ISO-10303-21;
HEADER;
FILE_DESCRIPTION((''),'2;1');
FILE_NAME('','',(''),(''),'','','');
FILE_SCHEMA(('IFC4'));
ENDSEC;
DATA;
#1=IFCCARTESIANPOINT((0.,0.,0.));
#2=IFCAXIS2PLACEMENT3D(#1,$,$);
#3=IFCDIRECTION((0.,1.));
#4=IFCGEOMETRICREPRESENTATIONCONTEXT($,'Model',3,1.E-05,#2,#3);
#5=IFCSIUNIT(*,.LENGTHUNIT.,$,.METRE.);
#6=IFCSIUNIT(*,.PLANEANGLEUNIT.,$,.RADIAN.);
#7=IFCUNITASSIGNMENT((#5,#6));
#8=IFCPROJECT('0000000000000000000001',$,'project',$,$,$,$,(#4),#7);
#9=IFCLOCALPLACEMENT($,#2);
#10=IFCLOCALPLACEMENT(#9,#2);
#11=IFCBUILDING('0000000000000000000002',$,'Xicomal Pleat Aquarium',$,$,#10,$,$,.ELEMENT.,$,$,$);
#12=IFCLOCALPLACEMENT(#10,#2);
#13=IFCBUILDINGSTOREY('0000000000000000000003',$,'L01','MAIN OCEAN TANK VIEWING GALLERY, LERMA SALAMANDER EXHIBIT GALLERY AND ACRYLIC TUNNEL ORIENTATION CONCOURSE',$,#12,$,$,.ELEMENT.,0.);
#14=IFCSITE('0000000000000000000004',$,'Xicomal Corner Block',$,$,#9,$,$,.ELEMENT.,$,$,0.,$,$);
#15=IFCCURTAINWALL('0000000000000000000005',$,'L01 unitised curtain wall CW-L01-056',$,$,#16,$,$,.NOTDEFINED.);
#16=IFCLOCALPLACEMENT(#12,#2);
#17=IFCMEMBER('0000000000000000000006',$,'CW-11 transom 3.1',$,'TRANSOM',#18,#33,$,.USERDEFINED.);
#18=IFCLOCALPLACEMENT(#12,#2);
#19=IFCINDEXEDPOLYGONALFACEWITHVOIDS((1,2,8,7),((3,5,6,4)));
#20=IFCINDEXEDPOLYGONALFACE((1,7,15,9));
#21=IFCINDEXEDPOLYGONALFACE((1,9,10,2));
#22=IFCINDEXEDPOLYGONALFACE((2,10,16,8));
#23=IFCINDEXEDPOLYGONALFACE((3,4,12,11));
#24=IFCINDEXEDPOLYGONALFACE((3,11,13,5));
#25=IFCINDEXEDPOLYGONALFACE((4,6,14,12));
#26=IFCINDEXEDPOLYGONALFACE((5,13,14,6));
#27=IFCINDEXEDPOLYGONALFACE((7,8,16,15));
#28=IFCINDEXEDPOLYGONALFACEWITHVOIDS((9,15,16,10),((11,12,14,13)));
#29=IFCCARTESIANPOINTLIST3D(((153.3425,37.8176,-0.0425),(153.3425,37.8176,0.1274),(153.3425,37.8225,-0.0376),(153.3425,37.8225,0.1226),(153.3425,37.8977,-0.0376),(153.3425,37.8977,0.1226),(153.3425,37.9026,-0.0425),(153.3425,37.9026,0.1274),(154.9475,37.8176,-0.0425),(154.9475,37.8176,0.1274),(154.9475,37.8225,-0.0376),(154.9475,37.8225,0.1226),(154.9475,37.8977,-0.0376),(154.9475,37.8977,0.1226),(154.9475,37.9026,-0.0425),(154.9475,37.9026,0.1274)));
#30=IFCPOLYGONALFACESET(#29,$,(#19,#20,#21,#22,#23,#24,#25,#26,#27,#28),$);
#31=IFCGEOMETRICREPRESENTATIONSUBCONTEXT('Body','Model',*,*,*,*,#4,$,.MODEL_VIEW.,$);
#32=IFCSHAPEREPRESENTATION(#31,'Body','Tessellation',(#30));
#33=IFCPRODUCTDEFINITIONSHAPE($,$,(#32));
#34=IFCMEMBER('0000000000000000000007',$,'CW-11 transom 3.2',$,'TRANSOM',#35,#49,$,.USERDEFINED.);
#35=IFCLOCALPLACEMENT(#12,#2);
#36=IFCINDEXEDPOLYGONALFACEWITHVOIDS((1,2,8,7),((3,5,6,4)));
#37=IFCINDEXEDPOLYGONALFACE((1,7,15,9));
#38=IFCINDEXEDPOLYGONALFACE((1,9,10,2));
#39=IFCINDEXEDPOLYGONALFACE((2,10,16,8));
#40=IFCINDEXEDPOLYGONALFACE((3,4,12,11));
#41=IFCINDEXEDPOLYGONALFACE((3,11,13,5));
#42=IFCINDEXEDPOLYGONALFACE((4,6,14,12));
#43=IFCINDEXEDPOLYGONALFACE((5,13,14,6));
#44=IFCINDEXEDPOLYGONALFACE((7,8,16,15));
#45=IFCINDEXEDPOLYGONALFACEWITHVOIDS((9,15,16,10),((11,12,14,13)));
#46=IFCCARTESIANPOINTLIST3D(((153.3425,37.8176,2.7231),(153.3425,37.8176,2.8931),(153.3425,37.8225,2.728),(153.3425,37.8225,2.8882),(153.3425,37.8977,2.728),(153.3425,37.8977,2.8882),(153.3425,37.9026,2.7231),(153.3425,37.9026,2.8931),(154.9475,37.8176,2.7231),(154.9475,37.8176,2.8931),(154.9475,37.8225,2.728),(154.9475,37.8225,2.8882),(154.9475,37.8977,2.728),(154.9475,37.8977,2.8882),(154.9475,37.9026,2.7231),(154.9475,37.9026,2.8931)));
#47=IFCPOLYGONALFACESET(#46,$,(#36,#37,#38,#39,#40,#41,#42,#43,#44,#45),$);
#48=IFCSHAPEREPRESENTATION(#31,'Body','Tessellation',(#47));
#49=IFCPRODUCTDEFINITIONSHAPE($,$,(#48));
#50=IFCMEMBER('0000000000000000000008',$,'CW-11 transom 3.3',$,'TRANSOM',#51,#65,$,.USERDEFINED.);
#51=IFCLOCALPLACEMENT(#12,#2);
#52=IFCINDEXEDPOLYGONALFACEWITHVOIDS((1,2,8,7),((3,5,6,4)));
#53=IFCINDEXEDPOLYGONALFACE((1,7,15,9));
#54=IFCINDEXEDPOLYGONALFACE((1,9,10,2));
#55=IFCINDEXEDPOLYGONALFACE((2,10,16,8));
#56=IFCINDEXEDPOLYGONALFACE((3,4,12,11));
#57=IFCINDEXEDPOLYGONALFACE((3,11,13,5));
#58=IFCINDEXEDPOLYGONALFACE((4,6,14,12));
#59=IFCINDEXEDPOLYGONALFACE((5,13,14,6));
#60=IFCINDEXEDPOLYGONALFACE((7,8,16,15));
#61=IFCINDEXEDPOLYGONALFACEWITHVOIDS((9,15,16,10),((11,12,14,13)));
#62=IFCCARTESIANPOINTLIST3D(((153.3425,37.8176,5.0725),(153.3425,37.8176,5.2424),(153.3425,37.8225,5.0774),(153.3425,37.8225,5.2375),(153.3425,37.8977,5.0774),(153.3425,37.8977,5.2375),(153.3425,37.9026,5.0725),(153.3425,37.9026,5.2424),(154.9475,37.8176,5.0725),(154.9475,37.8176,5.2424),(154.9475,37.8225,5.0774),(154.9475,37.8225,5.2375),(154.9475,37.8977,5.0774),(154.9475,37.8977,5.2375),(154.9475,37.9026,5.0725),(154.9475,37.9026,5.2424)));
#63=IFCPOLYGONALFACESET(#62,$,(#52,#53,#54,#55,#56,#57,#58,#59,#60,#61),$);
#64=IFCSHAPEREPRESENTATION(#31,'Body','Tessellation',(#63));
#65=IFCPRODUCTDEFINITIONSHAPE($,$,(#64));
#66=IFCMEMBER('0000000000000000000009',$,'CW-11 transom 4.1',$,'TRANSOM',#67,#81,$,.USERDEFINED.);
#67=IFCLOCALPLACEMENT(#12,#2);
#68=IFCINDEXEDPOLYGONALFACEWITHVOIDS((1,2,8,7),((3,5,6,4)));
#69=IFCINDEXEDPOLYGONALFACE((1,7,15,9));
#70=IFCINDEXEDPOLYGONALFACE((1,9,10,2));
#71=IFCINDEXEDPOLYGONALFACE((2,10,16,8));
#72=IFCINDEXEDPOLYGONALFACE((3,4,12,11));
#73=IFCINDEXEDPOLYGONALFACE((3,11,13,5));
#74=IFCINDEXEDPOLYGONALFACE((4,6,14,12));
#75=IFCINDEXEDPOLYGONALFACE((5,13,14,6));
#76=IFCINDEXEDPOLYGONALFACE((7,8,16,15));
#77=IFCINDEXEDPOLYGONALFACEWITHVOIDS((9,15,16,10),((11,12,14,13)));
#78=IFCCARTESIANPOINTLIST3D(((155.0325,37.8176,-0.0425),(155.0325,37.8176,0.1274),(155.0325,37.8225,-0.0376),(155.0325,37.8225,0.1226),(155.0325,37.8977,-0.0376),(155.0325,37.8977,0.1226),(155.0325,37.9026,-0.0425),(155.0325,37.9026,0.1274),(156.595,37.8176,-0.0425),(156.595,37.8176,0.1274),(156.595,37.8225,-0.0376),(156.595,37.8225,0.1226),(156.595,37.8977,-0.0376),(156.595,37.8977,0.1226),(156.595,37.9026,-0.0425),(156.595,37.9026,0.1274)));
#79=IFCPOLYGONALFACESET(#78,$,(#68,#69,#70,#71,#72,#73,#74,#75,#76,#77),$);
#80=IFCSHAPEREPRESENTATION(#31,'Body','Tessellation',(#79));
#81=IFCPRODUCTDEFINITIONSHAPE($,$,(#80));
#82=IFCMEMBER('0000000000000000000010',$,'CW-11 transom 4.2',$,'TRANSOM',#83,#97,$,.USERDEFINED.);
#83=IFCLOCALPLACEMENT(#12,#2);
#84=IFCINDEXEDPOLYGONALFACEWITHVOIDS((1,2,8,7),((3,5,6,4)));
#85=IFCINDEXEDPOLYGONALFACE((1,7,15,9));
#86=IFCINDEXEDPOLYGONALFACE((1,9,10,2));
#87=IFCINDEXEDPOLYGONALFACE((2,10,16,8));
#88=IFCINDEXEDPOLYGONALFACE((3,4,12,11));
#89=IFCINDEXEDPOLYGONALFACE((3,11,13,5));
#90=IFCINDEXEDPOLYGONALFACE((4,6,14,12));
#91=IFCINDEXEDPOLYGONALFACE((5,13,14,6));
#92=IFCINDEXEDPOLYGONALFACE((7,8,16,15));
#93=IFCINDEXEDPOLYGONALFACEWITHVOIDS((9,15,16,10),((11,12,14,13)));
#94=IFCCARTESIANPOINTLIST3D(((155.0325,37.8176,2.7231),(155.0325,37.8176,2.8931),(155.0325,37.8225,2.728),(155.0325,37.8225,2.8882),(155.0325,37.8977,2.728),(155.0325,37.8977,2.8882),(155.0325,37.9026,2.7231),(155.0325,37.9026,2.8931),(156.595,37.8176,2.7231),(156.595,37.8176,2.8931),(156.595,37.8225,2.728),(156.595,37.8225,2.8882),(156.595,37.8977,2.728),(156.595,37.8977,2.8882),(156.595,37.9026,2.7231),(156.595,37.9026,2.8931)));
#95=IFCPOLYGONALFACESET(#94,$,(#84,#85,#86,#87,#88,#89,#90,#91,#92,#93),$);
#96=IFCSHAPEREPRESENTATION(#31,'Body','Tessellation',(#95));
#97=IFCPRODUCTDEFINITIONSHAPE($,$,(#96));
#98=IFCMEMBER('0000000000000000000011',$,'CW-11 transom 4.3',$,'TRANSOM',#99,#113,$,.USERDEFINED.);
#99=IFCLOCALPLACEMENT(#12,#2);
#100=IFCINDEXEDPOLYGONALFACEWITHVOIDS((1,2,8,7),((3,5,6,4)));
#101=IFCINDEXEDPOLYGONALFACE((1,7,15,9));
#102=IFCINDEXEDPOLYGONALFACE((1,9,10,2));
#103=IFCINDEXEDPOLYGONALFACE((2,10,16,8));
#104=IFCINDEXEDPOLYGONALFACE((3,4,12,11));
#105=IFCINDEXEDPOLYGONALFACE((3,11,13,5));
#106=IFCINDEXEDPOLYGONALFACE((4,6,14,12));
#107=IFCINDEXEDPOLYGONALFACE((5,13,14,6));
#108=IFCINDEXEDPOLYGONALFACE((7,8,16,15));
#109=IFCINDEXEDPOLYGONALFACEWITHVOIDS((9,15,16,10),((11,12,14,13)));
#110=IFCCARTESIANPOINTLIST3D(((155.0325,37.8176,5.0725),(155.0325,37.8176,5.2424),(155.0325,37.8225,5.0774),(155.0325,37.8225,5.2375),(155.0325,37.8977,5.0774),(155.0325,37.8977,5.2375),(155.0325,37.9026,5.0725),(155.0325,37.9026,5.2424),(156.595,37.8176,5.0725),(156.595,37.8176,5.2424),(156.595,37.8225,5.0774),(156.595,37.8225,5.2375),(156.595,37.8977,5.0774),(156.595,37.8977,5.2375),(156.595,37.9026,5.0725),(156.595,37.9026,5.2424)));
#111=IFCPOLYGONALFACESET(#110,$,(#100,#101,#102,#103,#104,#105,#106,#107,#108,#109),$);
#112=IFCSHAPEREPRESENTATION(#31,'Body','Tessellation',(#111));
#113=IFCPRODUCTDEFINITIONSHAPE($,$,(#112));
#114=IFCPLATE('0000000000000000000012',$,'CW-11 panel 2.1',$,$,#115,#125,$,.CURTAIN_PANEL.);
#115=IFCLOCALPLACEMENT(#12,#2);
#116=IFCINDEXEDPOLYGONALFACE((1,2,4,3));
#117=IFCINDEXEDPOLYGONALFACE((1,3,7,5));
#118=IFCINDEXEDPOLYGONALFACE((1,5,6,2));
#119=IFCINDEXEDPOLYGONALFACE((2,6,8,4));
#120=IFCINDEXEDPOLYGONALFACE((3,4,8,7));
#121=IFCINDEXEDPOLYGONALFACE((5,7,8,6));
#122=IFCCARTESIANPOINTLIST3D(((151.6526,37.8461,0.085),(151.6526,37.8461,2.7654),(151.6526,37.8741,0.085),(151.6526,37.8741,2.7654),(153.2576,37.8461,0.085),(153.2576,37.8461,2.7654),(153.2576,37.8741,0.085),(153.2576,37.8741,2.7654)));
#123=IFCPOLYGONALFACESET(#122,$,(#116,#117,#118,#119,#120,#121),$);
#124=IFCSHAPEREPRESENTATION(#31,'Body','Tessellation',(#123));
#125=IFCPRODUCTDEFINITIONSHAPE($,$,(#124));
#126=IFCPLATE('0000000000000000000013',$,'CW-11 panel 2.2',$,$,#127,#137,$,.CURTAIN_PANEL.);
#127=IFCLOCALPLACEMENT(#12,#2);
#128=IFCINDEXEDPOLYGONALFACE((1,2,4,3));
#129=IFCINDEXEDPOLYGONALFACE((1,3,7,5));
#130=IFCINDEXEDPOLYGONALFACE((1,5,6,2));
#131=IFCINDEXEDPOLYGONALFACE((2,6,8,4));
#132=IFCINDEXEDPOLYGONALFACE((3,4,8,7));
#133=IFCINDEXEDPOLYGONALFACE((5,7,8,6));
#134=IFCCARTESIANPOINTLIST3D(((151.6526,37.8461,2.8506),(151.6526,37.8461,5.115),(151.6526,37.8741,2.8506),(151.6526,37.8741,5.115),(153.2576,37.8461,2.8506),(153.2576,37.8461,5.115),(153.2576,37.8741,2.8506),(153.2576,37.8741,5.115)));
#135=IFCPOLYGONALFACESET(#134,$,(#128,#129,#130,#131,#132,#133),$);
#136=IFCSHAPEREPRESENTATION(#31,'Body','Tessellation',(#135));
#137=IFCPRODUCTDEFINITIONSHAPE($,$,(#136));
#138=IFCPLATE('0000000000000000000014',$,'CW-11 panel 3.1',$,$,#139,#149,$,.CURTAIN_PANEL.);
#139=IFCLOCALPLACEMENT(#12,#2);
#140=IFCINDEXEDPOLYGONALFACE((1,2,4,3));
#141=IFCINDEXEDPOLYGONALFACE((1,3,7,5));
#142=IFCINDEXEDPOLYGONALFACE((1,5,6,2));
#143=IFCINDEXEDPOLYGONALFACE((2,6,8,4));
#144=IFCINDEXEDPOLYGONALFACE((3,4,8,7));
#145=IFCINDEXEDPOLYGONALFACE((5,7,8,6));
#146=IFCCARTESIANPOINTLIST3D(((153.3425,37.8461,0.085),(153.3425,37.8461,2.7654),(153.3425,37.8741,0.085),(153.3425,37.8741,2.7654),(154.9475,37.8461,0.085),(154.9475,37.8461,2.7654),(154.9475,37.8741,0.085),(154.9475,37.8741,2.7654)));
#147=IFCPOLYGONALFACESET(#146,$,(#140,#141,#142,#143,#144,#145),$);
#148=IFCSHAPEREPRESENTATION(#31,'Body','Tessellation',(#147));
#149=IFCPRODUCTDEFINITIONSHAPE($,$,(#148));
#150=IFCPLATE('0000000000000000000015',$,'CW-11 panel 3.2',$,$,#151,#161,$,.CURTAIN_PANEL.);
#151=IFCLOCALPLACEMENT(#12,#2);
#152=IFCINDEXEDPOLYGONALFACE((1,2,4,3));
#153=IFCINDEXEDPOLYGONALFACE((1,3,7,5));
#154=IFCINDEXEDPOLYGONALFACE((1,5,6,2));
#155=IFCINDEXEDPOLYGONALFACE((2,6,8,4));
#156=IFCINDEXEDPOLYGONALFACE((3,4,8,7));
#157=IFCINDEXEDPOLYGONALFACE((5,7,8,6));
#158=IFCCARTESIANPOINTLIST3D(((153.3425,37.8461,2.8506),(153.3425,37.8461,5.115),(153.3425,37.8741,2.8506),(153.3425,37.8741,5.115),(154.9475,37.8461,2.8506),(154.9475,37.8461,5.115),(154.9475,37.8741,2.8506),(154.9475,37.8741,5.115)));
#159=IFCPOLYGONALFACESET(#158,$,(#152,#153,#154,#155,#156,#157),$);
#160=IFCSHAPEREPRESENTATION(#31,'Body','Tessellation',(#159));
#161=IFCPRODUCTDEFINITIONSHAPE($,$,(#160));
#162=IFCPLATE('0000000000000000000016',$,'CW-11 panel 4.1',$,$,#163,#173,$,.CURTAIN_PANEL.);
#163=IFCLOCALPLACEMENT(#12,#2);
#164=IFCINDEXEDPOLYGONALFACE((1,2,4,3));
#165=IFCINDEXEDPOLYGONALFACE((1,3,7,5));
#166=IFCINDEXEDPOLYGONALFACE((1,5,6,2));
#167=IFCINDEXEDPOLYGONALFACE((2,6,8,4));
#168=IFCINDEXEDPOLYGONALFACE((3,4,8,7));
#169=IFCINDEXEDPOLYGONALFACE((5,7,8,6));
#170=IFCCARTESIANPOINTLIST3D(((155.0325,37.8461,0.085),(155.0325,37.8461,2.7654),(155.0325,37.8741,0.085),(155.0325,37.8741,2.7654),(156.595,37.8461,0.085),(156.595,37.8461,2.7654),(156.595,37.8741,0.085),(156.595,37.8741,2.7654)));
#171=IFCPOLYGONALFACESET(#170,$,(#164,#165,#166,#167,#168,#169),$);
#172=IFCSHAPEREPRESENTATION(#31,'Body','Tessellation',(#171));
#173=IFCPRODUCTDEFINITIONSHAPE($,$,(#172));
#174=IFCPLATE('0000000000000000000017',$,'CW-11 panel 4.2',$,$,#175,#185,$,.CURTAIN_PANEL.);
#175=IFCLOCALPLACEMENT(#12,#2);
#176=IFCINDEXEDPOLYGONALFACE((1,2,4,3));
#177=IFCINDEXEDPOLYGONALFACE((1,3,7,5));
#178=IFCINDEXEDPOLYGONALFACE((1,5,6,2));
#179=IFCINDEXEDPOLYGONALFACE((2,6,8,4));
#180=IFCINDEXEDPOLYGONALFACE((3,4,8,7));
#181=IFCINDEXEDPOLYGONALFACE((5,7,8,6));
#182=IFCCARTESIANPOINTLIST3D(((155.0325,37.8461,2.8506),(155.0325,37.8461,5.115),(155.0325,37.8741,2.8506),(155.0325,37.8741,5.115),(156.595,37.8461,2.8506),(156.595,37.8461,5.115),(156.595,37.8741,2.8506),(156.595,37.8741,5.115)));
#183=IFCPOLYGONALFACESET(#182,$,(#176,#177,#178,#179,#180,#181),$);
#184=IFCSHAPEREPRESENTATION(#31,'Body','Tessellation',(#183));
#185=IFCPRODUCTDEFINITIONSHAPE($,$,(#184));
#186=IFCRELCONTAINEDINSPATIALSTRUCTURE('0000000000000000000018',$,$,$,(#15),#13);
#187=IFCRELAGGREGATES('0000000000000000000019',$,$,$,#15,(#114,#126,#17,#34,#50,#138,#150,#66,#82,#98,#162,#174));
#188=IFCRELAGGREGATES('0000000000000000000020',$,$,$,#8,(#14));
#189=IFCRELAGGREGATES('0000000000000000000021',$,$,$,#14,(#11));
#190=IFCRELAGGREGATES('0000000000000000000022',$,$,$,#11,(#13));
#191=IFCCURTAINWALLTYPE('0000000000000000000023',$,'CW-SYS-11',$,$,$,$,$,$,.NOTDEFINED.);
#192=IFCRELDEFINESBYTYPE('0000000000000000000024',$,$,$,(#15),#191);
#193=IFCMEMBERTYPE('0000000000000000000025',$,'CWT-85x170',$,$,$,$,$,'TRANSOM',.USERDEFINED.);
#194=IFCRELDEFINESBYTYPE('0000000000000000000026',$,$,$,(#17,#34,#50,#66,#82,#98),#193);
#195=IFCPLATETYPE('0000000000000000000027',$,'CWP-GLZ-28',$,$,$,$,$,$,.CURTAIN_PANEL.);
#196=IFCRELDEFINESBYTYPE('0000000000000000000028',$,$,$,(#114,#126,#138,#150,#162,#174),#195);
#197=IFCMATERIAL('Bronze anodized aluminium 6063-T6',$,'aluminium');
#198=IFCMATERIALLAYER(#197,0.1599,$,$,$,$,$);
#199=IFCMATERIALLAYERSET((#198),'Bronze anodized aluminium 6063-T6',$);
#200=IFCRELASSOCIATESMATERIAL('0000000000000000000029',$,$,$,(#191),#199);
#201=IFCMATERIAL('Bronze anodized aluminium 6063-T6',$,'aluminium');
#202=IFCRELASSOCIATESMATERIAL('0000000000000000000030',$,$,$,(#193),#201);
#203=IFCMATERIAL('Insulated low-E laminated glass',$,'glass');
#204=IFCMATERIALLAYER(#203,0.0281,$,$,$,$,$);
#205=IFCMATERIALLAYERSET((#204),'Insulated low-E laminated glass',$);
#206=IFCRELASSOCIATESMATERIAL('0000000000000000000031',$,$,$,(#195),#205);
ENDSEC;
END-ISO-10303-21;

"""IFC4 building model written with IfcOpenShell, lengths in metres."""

from ifc_helpers import new_model, si_unit, direction, frame, origin, origin_2d, place, context, subcontext, project, spatial, rectangle, hollow_rectangle, extrude, material, layer, layer_set, material_profile, profile_set, type_object, element, aggregate, save


model = new_model("IFC4")

# Units and contexts
model_context = context("Model", 3, precision=1e-05, world=origin(), true_north=direction((0.0, 1.0)))
body_context = subcontext(model_context, "Body", "Model", "MODEL_VIEW")
ifc_project = project(units=[si_unit("LENGTHUNIT", "METRE"), si_unit("PLANEANGLEUNIT", "RADIAN")], contexts=[model_context])

# Site, building, storey
site_placement = place(None, origin())
site = spatial("IfcSite", under=ifc_project, at=site_placement, Name="Xicomal Corner Block", CompositionType="ELEMENT", RefElevation=0.0)
building_placement = place(site_placement, origin())
building = spatial("IfcBuilding", under=site, at=building_placement, Name="Xicomal Pleat Aquarium", CompositionType="ELEMENT")
storey_placement = place(building_placement, origin())
storey = spatial("IfcBuildingStorey", under=building, at=storey_placement, Name="L01", Description="MAIN OCEAN TANK VIEWING GALLERY, LERMA SALAMANDER EXHIBIT GALLERY AND ACRYLIC TUNNEL ORIENTATION CONCOURSE", CompositionType="ELEMENT", Elevation=0.0)

# Curtain wall
ifc_material_1 = material(Name="Bronze anodized aluminium 6063-T6", Category="aluminium")
ifc_layer_1 = layer(ifc_material_1, 0.1599)
ifc_layer_set_1 = layer_set([ifc_layer_1], Name="Bronze anodized aluminium 6063-T6")
curtain_wall_type_1 = type_object("IfcCurtainWallType", Name="CW-SYS-11", PredefinedType="NOTDEFINED", material=ifc_layer_set_1)
curtain_wall_1_placement = place(storey_placement, origin())
curtain_wall_1 = element("IfcCurtainWall", 1, at=curtain_wall_1_placement, inside=storey, type_object=curtain_wall_type_1, Name="L01 unitised curtain wall CW-L01-056", PredefinedType="NOTDEFINED")

# Members
ifc_material_2 = material(Name="Bronze anodized aluminium 6063-T6", Category="aluminium")
ifc_material_profile_1 = material_profile(ifc_material_2, hollow_rectangle(XDim=0.085, YDim=0.1699, WallThickness=0.0049, at=origin_2d()), Name="ALU TRAN 85x170")
ifc_profile_set_1 = profile_set([ifc_material_profile_1], Name="Bronze anodized aluminium 6063-T6")
member_type_1 = type_object("IfcMemberType", Name="CWT-85x170", ElementType="TRANSOM", PredefinedType="USERDEFINED", material=ifc_profile_set_1)
member_1_placement = place(storey_placement, frame((153.3425, 37.8601, 0.0425), z_axis=(1.0, 0.0, 0.0), x_axis=(0.0, 1.0, 0.0)))
member_1 = element("IfcMember", 2, at=member_1_placement, type_object=member_type_1, Name="CW-11 transom 3.1", ObjectType="TRANSOM", PredefinedType="USERDEFINED", context=body_context, shape_type="SweptSolid", body=[
    extrude(hollow_rectangle(XDim=0.085, YDim=0.1699, WallThickness=0.0049, at=origin_2d()), origin(), (0.0, 0.0, 1.0), 1.605),
])
member_2_placement = place(storey_placement, frame((153.3425, 37.8601, 2.8081), z_axis=(1.0, 0.0, 0.0), x_axis=(0.0, 1.0, 0.0)))
member_2 = element("IfcMember", 3, at=member_2_placement, type_object=member_type_1, Name="CW-11 transom 3.2", ObjectType="TRANSOM", PredefinedType="USERDEFINED", context=body_context, shape_type="SweptSolid", body=[
    extrude(hollow_rectangle(XDim=0.085, YDim=0.1699, WallThickness=0.0049, at=origin_2d()), origin(), (0.0, 0.0, 1.0), 1.605),
])
member_3_placement = place(storey_placement, frame((153.3425, 37.8601, 5.1575), z_axis=(1.0, 0.0, 0.0), x_axis=(0.0, 1.0, 0.0)))
member_3 = element("IfcMember", 4, at=member_3_placement, type_object=member_type_1, Name="CW-11 transom 3.3", ObjectType="TRANSOM", PredefinedType="USERDEFINED", context=body_context, shape_type="SweptSolid", body=[
    extrude(hollow_rectangle(XDim=0.085, YDim=0.1699, WallThickness=0.0049, at=origin_2d()), origin(), (0.0, 0.0, 1.0), 1.605),
])
member_4_placement = place(storey_placement, frame((155.0325, 37.8601, 0.0425), z_axis=(1.0, 0.0, 0.0), x_axis=(0.0, 1.0, 0.0)))
member_4 = element("IfcMember", 5, at=member_4_placement, type_object=member_type_1, Name="CW-11 transom 4.1", ObjectType="TRANSOM", PredefinedType="USERDEFINED", context=body_context, shape_type="SweptSolid", body=[
    extrude(hollow_rectangle(XDim=0.085, YDim=0.1699, WallThickness=0.0049, at=origin_2d()), origin(), (0.0, 0.0, 1.0), 1.5625),
])
member_5_placement = place(storey_placement, frame((155.0325, 37.8601, 2.8081), z_axis=(1.0, 0.0, 0.0), x_axis=(0.0, 1.0, 0.0)))
member_5 = element("IfcMember", 6, at=member_5_placement, type_object=member_type_1, Name="CW-11 transom 4.2", ObjectType="TRANSOM", PredefinedType="USERDEFINED", context=body_context, shape_type="SweptSolid", body=[
    extrude(hollow_rectangle(XDim=0.085, YDim=0.1699, WallThickness=0.0049, at=origin_2d()), origin(), (0.0, 0.0, 1.0), 1.5625),
])
member_6_placement = place(storey_placement, frame((155.0325, 37.8601, 5.1575), z_axis=(1.0, 0.0, 0.0), x_axis=(0.0, 1.0, 0.0)))
member_6 = element("IfcMember", 7, at=member_6_placement, type_object=member_type_1, Name="CW-11 transom 4.3", ObjectType="TRANSOM", PredefinedType="USERDEFINED", context=body_context, shape_type="SweptSolid", body=[
    extrude(hollow_rectangle(XDim=0.085, YDim=0.1699, WallThickness=0.0049, at=origin_2d()), origin(), (0.0, 0.0, 1.0), 1.5625),
])

# Plates
ifc_material_3 = material(Name="Insulated low-E laminated glass", Category="glass")
ifc_layer_2 = layer(ifc_material_3, 0.0281)
ifc_layer_set_2 = layer_set([ifc_layer_2], Name="Insulated low-E laminated glass")
plate_type = type_object("IfcPlateType", Name="CWP-GLZ-28", PredefinedType="CURTAIN_PANEL", material=ifc_layer_set_2)
plate_1_placement = place(storey_placement, frame((152.4551, 37.8601, 0.085), z_axis=(0.0, 0.0, 1.0), x_axis=(1.0, 0.0, 0.0)))
plate_1 = element("IfcPlate", 8, at=plate_1_placement, type_object=plate_type, Name="CW-11 panel 2.1", PredefinedType="CURTAIN_PANEL", context=body_context, shape_type="SweptSolid", body=[
    extrude(rectangle(XDim=1.605, YDim=0.0281, at=origin_2d()), origin(), (0.0, 0.0, 1.0), 2.6804),
])
plate_2_placement = place(storey_placement, frame((152.4551, 37.8601, 2.8506), z_axis=(0.0, 0.0, 1.0), x_axis=(1.0, 0.0, 0.0)))
plate_2 = element("IfcPlate", 9, at=plate_2_placement, type_object=plate_type, Name="CW-11 panel 2.2", PredefinedType="CURTAIN_PANEL", context=body_context, shape_type="SweptSolid", body=[
    extrude(rectangle(XDim=1.605, YDim=0.0281, at=origin_2d()), origin(), (0.0, 0.0, 1.0), 2.2644),
])
plate_3_placement = place(storey_placement, frame((154.145, 37.8601, 0.085), z_axis=(0.0, 0.0, 1.0), x_axis=(1.0, 0.0, 0.0)))
plate_3 = element("IfcPlate", 10, at=plate_3_placement, type_object=plate_type, Name="CW-11 panel 3.1", PredefinedType="CURTAIN_PANEL", context=body_context, shape_type="SweptSolid", body=[
    extrude(rectangle(XDim=1.605, YDim=0.0281, at=origin_2d()), origin(), (0.0, 0.0, 1.0), 2.6804),
])
plate_4_placement = place(storey_placement, frame((154.145, 37.8601, 2.8506), z_axis=(0.0, 0.0, 1.0), x_axis=(1.0, 0.0, 0.0)))
plate_4 = element("IfcPlate", 11, at=plate_4_placement, type_object=plate_type, Name="CW-11 panel 3.2", PredefinedType="CURTAIN_PANEL", context=body_context, shape_type="SweptSolid", body=[
    extrude(rectangle(XDim=1.605, YDim=0.0281, at=origin_2d()), origin(), (0.0, 0.0, 1.0), 2.2644),
])
plate_5_placement = place(storey_placement, frame((155.8137, 37.8601, 0.085), z_axis=(0.0, 0.0, 1.0), x_axis=(1.0, 0.0, 0.0)))
plate_5 = element("IfcPlate", 12, at=plate_5_placement, type_object=plate_type, Name="CW-11 panel 4.1", PredefinedType="CURTAIN_PANEL", context=body_context, shape_type="SweptSolid", body=[
    extrude(rectangle(XDim=1.5625, YDim=0.0281, at=origin_2d()), origin(), (0.0, 0.0, 1.0), 2.6804),
])
plate_6_placement = place(storey_placement, frame((155.8137, 37.8601, 2.8506), z_axis=(0.0, 0.0, 1.0), x_axis=(1.0, 0.0, 0.0)))
plate_6 = element("IfcPlate", 13, at=plate_6_placement, type_object=plate_type, Name="CW-11 panel 4.2", PredefinedType="CURTAIN_PANEL", context=body_context, shape_type="SweptSolid", body=[
    extrude(rectangle(XDim=1.5625, YDim=0.0281, at=origin_2d()), origin(), (0.0, 0.0, 1.0), 2.2644),
])
aggregate(curtain_wall_1, [plate_1, plate_2, member_1, member_2, member_3, plate_3, plate_4, member_4, member_5, member_6, plate_5, plate_6])

save(model, "model.ifc")
